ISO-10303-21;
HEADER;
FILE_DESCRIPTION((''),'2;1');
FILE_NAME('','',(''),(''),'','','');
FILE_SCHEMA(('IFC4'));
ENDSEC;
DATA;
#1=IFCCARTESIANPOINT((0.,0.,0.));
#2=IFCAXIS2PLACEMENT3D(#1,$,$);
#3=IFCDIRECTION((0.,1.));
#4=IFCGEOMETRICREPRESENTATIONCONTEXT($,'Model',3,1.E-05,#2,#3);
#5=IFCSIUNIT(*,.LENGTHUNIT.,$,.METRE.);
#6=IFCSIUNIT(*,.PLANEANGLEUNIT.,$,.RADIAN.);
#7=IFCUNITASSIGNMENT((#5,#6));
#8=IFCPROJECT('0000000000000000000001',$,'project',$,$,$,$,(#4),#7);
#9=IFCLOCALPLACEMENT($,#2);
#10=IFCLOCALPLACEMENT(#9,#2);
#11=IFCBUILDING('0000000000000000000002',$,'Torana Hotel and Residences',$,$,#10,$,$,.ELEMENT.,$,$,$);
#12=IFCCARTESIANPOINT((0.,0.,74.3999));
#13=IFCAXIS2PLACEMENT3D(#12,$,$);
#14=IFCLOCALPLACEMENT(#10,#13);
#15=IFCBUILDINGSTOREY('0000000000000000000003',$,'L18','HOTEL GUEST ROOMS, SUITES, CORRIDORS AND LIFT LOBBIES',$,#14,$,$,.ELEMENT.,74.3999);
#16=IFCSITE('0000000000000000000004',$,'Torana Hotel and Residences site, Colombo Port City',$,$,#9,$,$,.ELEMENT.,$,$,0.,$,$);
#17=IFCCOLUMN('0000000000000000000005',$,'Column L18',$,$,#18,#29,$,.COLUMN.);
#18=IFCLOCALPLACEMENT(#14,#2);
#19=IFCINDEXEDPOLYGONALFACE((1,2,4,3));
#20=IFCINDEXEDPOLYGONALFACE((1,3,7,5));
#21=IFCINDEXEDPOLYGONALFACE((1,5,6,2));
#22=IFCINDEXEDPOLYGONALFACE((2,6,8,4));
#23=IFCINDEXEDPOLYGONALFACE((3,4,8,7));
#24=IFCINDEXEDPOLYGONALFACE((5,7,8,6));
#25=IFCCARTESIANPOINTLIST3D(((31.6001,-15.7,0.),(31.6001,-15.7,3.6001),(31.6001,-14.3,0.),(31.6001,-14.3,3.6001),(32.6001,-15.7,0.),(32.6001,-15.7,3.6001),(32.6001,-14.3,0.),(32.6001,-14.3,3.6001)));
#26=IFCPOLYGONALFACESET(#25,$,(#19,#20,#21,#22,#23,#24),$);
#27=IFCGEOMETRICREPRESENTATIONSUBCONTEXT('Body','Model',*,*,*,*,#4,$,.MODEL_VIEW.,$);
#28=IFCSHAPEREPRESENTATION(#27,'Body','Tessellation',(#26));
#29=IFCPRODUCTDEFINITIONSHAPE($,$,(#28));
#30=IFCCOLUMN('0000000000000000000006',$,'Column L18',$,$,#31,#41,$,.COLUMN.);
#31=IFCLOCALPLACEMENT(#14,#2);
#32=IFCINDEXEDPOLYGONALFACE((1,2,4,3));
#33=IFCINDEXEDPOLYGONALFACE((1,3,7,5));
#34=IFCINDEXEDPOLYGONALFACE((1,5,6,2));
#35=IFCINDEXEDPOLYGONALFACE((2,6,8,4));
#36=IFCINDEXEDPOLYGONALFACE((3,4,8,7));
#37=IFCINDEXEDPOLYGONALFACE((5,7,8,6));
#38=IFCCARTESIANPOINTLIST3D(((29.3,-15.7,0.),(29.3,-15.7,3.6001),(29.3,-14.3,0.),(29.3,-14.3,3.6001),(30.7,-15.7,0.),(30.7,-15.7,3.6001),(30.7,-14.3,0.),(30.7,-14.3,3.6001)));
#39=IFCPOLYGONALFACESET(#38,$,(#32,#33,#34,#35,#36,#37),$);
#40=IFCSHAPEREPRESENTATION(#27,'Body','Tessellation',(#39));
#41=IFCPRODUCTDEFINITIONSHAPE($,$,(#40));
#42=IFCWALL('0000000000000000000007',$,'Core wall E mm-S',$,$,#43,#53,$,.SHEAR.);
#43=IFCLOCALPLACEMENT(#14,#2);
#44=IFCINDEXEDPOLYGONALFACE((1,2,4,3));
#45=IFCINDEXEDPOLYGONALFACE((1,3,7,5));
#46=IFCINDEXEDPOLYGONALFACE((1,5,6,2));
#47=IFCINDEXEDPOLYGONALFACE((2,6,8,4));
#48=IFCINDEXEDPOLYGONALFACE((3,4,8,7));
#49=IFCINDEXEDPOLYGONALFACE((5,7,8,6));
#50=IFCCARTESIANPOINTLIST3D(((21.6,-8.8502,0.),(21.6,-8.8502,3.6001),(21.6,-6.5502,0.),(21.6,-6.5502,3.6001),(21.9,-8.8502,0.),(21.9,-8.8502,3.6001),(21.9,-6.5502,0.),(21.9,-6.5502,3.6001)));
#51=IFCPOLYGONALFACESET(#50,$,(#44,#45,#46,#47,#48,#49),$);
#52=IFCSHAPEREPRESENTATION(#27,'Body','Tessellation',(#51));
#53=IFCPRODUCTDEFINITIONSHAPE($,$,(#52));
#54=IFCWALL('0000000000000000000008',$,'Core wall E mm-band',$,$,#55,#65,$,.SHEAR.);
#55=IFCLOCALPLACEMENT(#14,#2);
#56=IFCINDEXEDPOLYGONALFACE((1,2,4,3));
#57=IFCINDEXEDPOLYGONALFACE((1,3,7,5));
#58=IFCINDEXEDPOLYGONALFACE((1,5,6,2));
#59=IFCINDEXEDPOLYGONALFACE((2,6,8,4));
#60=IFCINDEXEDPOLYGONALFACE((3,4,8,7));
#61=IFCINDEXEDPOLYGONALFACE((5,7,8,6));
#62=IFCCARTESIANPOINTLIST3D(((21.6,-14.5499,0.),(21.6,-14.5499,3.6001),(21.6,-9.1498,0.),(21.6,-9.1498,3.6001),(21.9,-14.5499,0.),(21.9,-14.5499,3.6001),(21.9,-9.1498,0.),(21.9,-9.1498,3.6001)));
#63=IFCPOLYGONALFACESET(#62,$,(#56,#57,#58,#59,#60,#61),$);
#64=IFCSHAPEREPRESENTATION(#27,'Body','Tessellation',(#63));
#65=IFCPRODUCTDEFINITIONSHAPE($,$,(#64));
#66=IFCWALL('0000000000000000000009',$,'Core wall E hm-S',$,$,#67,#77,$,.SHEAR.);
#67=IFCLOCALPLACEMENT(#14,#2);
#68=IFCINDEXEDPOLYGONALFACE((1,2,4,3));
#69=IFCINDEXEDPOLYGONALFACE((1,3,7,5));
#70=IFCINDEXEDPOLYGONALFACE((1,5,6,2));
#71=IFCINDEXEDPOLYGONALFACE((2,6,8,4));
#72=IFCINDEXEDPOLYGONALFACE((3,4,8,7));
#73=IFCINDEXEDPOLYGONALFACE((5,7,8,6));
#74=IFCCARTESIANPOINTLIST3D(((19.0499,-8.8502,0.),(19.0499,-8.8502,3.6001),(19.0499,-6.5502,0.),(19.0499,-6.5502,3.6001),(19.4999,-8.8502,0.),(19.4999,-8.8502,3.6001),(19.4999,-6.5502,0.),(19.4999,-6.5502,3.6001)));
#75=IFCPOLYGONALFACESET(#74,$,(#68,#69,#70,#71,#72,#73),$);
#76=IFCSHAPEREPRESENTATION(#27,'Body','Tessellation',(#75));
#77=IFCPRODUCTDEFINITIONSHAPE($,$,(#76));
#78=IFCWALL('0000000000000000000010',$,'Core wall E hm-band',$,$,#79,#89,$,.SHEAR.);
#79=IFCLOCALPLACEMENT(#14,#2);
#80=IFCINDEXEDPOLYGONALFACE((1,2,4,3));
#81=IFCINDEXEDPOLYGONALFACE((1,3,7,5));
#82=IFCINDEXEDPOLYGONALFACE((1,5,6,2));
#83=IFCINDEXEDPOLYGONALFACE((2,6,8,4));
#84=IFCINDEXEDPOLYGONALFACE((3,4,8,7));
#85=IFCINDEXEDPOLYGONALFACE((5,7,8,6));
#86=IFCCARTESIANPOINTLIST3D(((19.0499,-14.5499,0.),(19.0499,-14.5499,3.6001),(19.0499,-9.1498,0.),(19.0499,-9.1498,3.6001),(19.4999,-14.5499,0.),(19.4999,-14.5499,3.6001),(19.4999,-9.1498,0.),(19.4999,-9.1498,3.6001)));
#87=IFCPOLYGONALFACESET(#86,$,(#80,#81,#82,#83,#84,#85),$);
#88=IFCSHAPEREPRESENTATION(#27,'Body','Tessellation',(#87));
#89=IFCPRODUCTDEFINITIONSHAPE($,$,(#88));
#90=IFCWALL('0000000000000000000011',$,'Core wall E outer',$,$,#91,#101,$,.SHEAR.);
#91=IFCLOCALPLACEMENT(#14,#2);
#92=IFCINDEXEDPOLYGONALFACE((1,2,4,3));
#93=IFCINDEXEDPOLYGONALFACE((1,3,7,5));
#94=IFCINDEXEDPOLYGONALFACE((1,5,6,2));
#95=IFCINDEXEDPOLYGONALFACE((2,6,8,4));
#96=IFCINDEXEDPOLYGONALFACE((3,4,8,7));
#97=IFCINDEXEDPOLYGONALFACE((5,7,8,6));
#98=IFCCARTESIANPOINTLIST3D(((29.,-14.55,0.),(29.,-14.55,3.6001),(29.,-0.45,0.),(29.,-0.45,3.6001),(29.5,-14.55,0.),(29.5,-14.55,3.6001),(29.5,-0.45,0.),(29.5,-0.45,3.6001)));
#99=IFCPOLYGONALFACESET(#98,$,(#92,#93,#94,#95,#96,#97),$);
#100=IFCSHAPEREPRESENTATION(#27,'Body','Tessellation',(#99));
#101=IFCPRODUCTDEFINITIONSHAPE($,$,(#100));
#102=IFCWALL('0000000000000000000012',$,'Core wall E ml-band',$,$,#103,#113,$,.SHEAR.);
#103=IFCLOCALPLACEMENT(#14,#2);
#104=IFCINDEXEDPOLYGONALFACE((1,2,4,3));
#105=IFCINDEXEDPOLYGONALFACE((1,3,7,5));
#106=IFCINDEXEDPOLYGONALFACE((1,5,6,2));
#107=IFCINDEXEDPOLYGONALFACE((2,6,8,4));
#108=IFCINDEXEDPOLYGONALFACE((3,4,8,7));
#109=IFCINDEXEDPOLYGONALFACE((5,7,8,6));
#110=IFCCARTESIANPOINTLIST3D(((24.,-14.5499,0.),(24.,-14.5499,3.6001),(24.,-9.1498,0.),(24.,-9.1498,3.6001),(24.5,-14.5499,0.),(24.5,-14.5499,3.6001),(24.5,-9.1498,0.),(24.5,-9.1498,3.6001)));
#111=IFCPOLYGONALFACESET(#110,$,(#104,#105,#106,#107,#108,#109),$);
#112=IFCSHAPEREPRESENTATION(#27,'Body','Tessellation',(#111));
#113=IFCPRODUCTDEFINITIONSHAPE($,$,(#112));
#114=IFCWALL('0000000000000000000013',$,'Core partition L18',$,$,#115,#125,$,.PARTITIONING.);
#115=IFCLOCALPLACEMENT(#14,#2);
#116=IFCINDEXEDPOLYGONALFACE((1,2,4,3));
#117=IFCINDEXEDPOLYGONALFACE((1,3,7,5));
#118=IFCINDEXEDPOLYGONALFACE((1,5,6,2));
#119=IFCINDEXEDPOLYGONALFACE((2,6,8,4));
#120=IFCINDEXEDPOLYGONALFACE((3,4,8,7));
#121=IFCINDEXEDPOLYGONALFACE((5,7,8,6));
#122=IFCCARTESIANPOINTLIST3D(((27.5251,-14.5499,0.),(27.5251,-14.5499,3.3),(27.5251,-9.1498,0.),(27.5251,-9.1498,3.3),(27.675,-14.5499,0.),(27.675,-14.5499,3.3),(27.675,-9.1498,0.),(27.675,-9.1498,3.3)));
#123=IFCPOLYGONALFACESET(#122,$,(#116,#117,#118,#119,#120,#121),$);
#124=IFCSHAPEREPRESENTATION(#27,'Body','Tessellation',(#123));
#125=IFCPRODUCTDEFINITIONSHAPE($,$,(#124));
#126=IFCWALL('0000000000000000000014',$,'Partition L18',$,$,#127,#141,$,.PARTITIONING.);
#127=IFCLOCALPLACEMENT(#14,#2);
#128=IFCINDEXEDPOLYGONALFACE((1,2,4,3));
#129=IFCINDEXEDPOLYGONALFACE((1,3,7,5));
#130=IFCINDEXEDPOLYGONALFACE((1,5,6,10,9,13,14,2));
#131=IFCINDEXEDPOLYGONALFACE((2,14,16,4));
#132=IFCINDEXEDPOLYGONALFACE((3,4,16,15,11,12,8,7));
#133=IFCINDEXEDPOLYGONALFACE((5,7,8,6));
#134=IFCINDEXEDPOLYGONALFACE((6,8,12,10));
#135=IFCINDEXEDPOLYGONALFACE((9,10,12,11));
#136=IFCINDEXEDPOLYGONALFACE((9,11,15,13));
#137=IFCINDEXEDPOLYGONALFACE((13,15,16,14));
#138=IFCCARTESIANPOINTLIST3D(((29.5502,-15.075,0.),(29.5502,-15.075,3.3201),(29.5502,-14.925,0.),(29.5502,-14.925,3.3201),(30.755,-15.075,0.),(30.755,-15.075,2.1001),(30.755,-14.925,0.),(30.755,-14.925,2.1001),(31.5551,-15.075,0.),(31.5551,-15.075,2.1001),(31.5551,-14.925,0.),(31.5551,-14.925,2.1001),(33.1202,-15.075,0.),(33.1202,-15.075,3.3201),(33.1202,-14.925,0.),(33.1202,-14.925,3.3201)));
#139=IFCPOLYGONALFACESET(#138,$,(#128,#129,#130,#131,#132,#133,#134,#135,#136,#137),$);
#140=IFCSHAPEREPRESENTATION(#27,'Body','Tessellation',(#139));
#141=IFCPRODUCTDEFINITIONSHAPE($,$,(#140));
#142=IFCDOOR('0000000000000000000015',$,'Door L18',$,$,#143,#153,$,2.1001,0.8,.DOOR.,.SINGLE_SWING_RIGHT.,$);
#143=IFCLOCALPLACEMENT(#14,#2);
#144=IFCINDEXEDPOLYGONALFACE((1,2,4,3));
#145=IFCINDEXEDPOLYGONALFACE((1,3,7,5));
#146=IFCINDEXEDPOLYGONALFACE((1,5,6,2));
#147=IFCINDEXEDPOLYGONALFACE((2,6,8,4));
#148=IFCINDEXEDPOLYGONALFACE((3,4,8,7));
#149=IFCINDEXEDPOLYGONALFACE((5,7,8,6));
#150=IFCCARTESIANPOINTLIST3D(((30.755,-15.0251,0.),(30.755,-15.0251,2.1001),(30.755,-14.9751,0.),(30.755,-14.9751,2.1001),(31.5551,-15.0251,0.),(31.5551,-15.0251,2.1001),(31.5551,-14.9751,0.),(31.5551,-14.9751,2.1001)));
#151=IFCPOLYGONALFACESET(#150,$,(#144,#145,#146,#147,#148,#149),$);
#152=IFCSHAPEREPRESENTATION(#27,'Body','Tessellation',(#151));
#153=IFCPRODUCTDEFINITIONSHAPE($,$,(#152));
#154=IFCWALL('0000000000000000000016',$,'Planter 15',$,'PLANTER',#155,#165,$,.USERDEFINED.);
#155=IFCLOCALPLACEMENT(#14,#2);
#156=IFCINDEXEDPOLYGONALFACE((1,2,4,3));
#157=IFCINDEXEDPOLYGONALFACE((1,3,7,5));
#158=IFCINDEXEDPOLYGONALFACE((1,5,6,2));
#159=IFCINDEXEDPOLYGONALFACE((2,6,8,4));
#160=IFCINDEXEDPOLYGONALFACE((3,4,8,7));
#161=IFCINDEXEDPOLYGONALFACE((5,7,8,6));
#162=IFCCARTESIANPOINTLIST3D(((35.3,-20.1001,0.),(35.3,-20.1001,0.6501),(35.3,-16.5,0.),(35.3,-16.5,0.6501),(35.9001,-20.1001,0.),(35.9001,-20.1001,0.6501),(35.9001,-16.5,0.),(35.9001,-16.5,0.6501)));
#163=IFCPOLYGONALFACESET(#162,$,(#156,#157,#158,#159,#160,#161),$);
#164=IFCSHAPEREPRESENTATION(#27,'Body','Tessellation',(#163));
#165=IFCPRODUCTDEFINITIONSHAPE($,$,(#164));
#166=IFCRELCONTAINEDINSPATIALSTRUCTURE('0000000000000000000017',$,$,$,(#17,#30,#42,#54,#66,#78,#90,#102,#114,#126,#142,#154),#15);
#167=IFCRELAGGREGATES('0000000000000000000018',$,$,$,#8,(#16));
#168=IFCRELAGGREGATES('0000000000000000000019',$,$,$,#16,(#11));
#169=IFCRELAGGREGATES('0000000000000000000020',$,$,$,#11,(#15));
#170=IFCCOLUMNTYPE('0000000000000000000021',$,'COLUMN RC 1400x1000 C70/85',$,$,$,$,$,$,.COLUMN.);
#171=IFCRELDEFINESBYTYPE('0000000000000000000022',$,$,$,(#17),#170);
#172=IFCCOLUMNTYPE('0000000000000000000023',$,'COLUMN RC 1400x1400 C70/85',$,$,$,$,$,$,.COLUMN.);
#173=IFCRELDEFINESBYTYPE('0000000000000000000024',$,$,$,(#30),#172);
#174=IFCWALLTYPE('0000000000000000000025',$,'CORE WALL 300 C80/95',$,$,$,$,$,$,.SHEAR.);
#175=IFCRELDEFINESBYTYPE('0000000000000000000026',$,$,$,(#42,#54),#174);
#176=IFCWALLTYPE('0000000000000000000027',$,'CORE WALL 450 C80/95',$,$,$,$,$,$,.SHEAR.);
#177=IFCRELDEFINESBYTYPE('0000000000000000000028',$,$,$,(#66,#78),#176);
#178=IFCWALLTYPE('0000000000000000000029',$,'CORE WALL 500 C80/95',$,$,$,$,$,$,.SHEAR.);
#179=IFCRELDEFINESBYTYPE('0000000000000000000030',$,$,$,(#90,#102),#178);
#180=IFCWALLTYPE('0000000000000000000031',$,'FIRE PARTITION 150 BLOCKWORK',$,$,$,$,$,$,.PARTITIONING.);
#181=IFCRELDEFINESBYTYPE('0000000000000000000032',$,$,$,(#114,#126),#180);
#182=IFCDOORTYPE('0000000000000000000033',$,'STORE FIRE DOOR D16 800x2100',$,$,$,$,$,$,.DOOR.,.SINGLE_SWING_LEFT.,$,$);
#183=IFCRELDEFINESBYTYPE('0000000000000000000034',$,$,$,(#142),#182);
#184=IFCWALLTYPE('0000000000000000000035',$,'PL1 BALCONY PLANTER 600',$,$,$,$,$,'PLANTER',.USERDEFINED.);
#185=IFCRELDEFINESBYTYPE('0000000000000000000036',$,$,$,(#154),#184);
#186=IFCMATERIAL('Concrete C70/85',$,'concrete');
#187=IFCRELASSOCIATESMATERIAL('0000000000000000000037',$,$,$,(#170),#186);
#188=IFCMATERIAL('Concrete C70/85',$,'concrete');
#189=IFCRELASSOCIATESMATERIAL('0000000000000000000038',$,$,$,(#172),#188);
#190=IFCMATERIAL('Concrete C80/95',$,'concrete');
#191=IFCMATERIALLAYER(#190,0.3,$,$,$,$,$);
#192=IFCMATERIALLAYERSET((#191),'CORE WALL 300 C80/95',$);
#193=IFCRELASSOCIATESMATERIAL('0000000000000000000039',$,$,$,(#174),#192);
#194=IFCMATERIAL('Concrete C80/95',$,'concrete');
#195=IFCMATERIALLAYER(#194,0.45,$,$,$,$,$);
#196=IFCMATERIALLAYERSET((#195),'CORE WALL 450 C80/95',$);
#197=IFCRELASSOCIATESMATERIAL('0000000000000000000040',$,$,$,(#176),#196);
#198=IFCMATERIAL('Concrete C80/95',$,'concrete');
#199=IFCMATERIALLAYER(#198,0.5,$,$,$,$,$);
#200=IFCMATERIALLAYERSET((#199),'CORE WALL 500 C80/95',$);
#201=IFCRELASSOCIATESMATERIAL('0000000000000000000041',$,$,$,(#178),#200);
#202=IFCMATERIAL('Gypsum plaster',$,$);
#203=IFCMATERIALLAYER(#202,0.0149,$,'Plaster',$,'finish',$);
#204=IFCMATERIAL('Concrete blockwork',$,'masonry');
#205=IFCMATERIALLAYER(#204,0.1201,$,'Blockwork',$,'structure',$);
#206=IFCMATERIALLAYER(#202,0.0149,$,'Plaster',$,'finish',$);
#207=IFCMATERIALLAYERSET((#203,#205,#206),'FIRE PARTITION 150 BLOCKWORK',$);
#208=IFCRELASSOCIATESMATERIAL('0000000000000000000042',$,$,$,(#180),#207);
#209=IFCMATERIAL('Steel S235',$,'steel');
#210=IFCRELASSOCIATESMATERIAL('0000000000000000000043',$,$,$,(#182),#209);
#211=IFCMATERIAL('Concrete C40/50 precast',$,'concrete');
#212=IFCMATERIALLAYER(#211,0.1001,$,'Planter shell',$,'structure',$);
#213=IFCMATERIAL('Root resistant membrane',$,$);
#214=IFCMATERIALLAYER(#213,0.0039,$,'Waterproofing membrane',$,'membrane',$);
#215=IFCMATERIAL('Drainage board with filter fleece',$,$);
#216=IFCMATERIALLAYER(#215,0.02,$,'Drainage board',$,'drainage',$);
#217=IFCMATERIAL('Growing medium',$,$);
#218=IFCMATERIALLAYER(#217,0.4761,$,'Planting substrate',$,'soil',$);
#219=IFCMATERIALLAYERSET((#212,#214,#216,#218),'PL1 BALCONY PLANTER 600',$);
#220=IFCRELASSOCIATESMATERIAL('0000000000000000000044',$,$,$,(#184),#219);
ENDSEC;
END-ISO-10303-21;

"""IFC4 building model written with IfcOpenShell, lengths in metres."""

from ifc_helpers import new_model, si_unit, direction, frame, frame_2d, origin, origin_2d, place, context, subcontext, project, spatial, rectangle, extrude, material, layer, layer_set, material_profile, profile_set, type_object, element, fill, save


model = new_model("IFC4")

# Units and contexts
model_context = context("Model", 3, precision=1e-05, world=origin(), true_north=direction((0.0, 1.0)))
body_context = subcontext(model_context, "Body", "Model", "MODEL_VIEW")
ifc_project = project(units=[si_unit("LENGTHUNIT", "METRE"), si_unit("PLANEANGLEUNIT", "RADIAN")], contexts=[model_context])

# Site, building, storey
site_placement = place(None, origin())
site = spatial("IfcSite", under=ifc_project, at=site_placement, Name="Torana Hotel and Residences site, Colombo Port City", CompositionType="ELEMENT", RefElevation=0.0)
building_placement = place(site_placement, origin())
building = spatial("IfcBuilding", under=site, at=building_placement, Name="Torana Hotel and Residences", CompositionType="ELEMENT")
storey_placement = place(building_placement, frame((0.0, 0.0, 74.3999)))
storey = spatial("IfcBuildingStorey", under=building, at=storey_placement, Name="L18", Description="HOTEL GUEST ROOMS, SUITES, CORRIDORS AND LIFT LOBBIES", CompositionType="ELEMENT", Elevation=74.3999)

# Columns
ifc_material_1 = material(Name="Concrete C70/85", Category="concrete")
ifc_material_profile_1 = material_profile(ifc_material_1, rectangle(XDim=1.3999, YDim=1.0, at=origin_2d()), Name="RC 1400x1000")
ifc_profile_set_1 = profile_set([ifc_material_profile_1], Name="Concrete C70/85")
column_type_1 = type_object("IfcColumnType", Name="COLUMN RC 1400x1000 C70/85", PredefinedType="COLUMN", material=ifc_profile_set_1)
column_1_placement = place(storey_placement, frame((32.1001, -15.0, 0.0), z_axis=(0.0, 0.0, 1.0), x_axis=(0.0, 1.0, 0.0)))
element("IfcColumn", 1, at=column_1_placement, inside=storey, type_object=column_type_1, Name="Column L18", PredefinedType="COLUMN", context=body_context, shape_type="SweptSolid", body=[
    extrude(rectangle(XDim=1.3999, YDim=1.0, at=origin_2d()), origin(), (0.0, 0.0, 1.0), 3.6001),
])
ifc_material_2 = material(Name="Concrete C70/85", Category="concrete")
ifc_material_profile_2 = material_profile(ifc_material_2, rectangle(XDim=1.3999, YDim=1.3999, at=origin_2d()), Name="RC 1400x1400")
ifc_profile_set_2 = profile_set([ifc_material_profile_2], Name="Concrete C70/85")
column_type_2 = type_object("IfcColumnType", Name="COLUMN RC 1400x1400 C70/85", PredefinedType="COLUMN", material=ifc_profile_set_2)
column_2_placement = place(storey_placement, frame((30.0, -15.0, 0.0), z_axis=(0.0, 0.0, 1.0), x_axis=(1.0, 0.0, 0.0)))
element("IfcColumn", 2, at=column_2_placement, inside=storey, type_object=column_type_2, Name="Column L18", PredefinedType="COLUMN", context=body_context, shape_type="SweptSolid", body=[
    extrude(rectangle(XDim=1.3999, YDim=1.3999, at=origin_2d()), origin(), (0.0, 0.0, 1.0), 3.6001),
])

# Walls
ifc_material_3 = material(Name="Concrete C80/95", Category="concrete")
ifc_layer_1 = layer(ifc_material_3, 0.3)
ifc_layer_set_1 = layer_set([ifc_layer_1], Name="CORE WALL 300 C80/95")
wall_type_1 = type_object("IfcWallType", Name="CORE WALL 300 C80/95", PredefinedType="SHEAR", material=ifc_layer_set_1)
wall_1_placement = place(storey_placement, frame((21.75, -8.8501, 0.0), z_axis=(0.0, 0.0, 1.0), x_axis=(0.0, 1.0, 0.0)))
element("IfcWall", 3, at=wall_1_placement, inside=storey, type_object=wall_type_1, Name="Core wall E mm-S", PredefinedType="SHEAR", context=body_context, shape_type="SweptSolid", body=[
    extrude(rectangle(XDim=2.3, YDim=0.3, at=frame_2d((1.1499, 0.0))), origin(), (0.0, 0.0, 1.0), 3.6001),
])
wall_2_placement = place(storey_placement, frame((21.75, -14.55, 0.0), z_axis=(0.0, 0.0, 1.0), x_axis=(0.0, 1.0, 0.0)))
element("IfcWall", 4, at=wall_2_placement, inside=storey, type_object=wall_type_1, Name="Core wall E mm-band", PredefinedType="SHEAR", context=body_context, shape_type="SweptSolid", body=[
    extrude(rectangle(XDim=5.4001, YDim=0.3, at=frame_2d((2.7002, 0.0))), origin(), (0.0, 0.0, 1.0), 3.6001),
])
ifc_material_4 = material(Name="Concrete C80/95", Category="concrete")
ifc_layer_2 = layer(ifc_material_4, 0.45)
ifc_layer_set_2 = layer_set([ifc_layer_2], Name="CORE WALL 450 C80/95")
wall_type_2 = type_object("IfcWallType", Name="CORE WALL 450 C80/95", PredefinedType="SHEAR", material=ifc_layer_set_2)
wall_3_placement = place(storey_placement, frame((19.2749, -8.8501, 0.0), z_axis=(0.0, 0.0, 1.0), x_axis=(0.0, 1.0, 0.0)))
element("IfcWall", 5, at=wall_3_placement, inside=storey, type_object=wall_type_2, Name="Core wall E hm-S", PredefinedType="SHEAR", context=body_context, shape_type="SweptSolid", body=[
    extrude(rectangle(XDim=2.3, YDim=0.45, at=frame_2d((1.1499, 0.0))), origin(), (0.0, 0.0, 1.0), 3.6001),
])
wall_4_placement = place(storey_placement, frame((19.2749, -14.55, 0.0), z_axis=(0.0, 0.0, 1.0), x_axis=(0.0, 1.0, 0.0)))
element("IfcWall", 6, at=wall_4_placement, inside=storey, type_object=wall_type_2, Name="Core wall E hm-band", PredefinedType="SHEAR", context=body_context, shape_type="SweptSolid", body=[
    extrude(rectangle(XDim=5.4001, YDim=0.45, at=frame_2d((2.7002, 0.0))), origin(), (0.0, 0.0, 1.0), 3.6001),
])
ifc_material_5 = material(Name="Concrete C80/95", Category="concrete")
ifc_layer_3 = layer(ifc_material_5, 0.5)
ifc_layer_set_3 = layer_set([ifc_layer_3], Name="CORE WALL 500 C80/95")
wall_type_3 = type_object("IfcWallType", Name="CORE WALL 500 C80/95", PredefinedType="SHEAR", material=ifc_layer_set_3)
wall_5_placement = place(storey_placement, frame((29.25, -14.55, 0.0), z_axis=(0.0, 0.0, 1.0), x_axis=(0.0, 1.0, 0.0)))
element("IfcWall", 7, at=wall_5_placement, inside=storey, type_object=wall_type_3, Name="Core wall E outer", PredefinedType="SHEAR", context=body_context, shape_type="SweptSolid", body=[
    extrude(rectangle(XDim=14.1001, YDim=0.5, at=frame_2d((7.05, 0.0))), origin(), (0.0, 0.0, 1.0), 3.6001),
])
wall_6_placement = place(storey_placement, frame((24.25, -14.55, 0.0), z_axis=(0.0, 0.0, 1.0), x_axis=(0.0, 1.0, 0.0)))
element("IfcWall", 8, at=wall_6_placement, inside=storey, type_object=wall_type_3, Name="Core wall E ml-band", PredefinedType="SHEAR", context=body_context, shape_type="SweptSolid", body=[
    extrude(rectangle(XDim=5.4001, YDim=0.5, at=frame_2d((2.7002, 0.0))), origin(), (0.0, 0.0, 1.0), 3.6001),
])
ifc_material_6 = material(Name="Gypsum plaster")
ifc_layer_4 = layer(ifc_material_6, 0.0149, Name="Plaster", Category="finish")
ifc_material_7 = material(Name="Concrete blockwork", Category="masonry")
ifc_layer_5 = layer(ifc_material_7, 0.1201, Name="Blockwork", Category="structure")
ifc_layer_6 = layer(ifc_material_6, 0.0149, Name="Plaster", Category="finish")
ifc_layer_set_4 = layer_set([ifc_layer_4, ifc_layer_5, ifc_layer_6], Name="FIRE PARTITION 150 BLOCKWORK")
wall_type_4 = type_object("IfcWallType", Name="FIRE PARTITION 150 BLOCKWORK", PredefinedType="PARTITIONING", material=ifc_layer_set_4)
wall_7_placement = place(storey_placement, frame((27.6001, -14.55, 0.0), z_axis=(0.0, 0.0, 1.0), x_axis=(0.0, 1.0, 0.0)))
element("IfcWall", 9, at=wall_7_placement, inside=storey, type_object=wall_type_4, Name="Core partition L18", PredefinedType="PARTITIONING", context=body_context, shape_type="SweptSolid", body=[
    extrude(rectangle(XDim=5.4001, YDim=0.1499, at=frame_2d((2.7002, 0.0))), origin(), (0.0, 0.0, 1.0), 3.3),
])

# Wall, opening, door
wall_8_placement = place(storey_placement, frame((29.55, -15.0, 0.0), z_axis=(0.0, 0.0, 1.0), x_axis=(1.0, 0.0, 0.0)))
wall_8 = element("IfcWall", 10, at=wall_8_placement, inside=storey, type_object=wall_type_4, Name="Partition L18", PredefinedType="PARTITIONING", context=body_context, shape_type="SweptSolid", body=[
    extrude(rectangle(XDim=3.5701, YDim=0.1499, at=frame_2d((1.7852, 0.0))), origin(), (0.0, 0.0, 1.0), 3.3201),
])
opening_placement = place(wall_8_placement, frame((1.2051, 0.0, 0.0)))
opening = element("IfcOpeningElement", 11, at=opening_placement, cuts=wall_8, PredefinedType="OPENING", context=body_context, shape_type="SweptSolid", body=[
    extrude(rectangle(XDim=0.8, YDim=2.1001, at=frame_2d((0.3999, 1.05))), frame((0.0, 0.085, 0.0), z_axis=(0.0, -1.0, 0.0), x_axis=(1.0, 0.0, 0.0)), (0.0, 0.0, 1.0), 0.1699),
])
ifc_material_8 = material(Name="Steel S235", Category="steel")
door_type = type_object("IfcDoorType", Name="STORE FIRE DOOR D16 800x2100", OperationType="SINGLE_SWING_LEFT", PredefinedType="DOOR", material=ifc_material_8)
door_placement = place(opening_placement, origin())
door = element("IfcDoor", 12, at=door_placement, inside=storey, type_object=door_type, Name="Door L18", OperationType="SINGLE_SWING_RIGHT", OverallHeight=2.1001, OverallWidth=0.8, PredefinedType="DOOR", context=body_context, shape_type="SweptSolid", body=[
    extrude(rectangle(XDim=0.8, YDim=2.1001, at=frame_2d((0.3999, 1.05))), frame((0.0, 0.0249, 0.0), z_axis=(0.0, -1.0, 0.0), x_axis=(1.0, 0.0, 0.0)), (0.0, 0.0, 1.0), 0.05),
])
fill(opening, door)

# Wall
ifc_material_9 = material(Name="Concrete C40/50 precast", Category="concrete")
ifc_layer_7 = layer(ifc_material_9, 0.1001, Name="Planter shell", Category="structure")
ifc_material_10 = material(Name="Root resistant membrane")
ifc_layer_8 = layer(ifc_material_10, 0.0039, Name="Waterproofing membrane", Category="membrane")
ifc_material_11 = material(Name="Drainage board with filter fleece")
ifc_layer_9 = layer(ifc_material_11, 0.02, Name="Drainage board", Category="drainage")
ifc_material_12 = material(Name="Growing medium")
ifc_layer_10 = layer(ifc_material_12, 0.4761, Name="Planting substrate", Category="soil")
ifc_layer_set_5 = layer_set([ifc_layer_7, ifc_layer_8, ifc_layer_9, ifc_layer_10], Name="PL1 BALCONY PLANTER 600")
wall_type_5 = type_object("IfcWallType", Name="PL1 BALCONY PLANTER 600", ElementType="PLANTER", PredefinedType="USERDEFINED", material=ifc_layer_set_5)
wall_9_placement = place(storey_placement, frame((35.6001, -16.5, 0.0), z_axis=(0.0, 0.0, 1.0), x_axis=(0.0, -1.0, 0.0)))
element("IfcWall", 13, at=wall_9_placement, inside=storey, type_object=wall_type_5, Name="Planter 15", ObjectType="PLANTER", PredefinedType="USERDEFINED", context=body_context, shape_type="SweptSolid", body=[
    extrude(rectangle(XDim=3.6001, YDim=0.6001, at=frame_2d((1.8, 0.0))), origin(), (0.0, 0.0, 1.0), 0.6501),
])

save(model, "model.ifc")
